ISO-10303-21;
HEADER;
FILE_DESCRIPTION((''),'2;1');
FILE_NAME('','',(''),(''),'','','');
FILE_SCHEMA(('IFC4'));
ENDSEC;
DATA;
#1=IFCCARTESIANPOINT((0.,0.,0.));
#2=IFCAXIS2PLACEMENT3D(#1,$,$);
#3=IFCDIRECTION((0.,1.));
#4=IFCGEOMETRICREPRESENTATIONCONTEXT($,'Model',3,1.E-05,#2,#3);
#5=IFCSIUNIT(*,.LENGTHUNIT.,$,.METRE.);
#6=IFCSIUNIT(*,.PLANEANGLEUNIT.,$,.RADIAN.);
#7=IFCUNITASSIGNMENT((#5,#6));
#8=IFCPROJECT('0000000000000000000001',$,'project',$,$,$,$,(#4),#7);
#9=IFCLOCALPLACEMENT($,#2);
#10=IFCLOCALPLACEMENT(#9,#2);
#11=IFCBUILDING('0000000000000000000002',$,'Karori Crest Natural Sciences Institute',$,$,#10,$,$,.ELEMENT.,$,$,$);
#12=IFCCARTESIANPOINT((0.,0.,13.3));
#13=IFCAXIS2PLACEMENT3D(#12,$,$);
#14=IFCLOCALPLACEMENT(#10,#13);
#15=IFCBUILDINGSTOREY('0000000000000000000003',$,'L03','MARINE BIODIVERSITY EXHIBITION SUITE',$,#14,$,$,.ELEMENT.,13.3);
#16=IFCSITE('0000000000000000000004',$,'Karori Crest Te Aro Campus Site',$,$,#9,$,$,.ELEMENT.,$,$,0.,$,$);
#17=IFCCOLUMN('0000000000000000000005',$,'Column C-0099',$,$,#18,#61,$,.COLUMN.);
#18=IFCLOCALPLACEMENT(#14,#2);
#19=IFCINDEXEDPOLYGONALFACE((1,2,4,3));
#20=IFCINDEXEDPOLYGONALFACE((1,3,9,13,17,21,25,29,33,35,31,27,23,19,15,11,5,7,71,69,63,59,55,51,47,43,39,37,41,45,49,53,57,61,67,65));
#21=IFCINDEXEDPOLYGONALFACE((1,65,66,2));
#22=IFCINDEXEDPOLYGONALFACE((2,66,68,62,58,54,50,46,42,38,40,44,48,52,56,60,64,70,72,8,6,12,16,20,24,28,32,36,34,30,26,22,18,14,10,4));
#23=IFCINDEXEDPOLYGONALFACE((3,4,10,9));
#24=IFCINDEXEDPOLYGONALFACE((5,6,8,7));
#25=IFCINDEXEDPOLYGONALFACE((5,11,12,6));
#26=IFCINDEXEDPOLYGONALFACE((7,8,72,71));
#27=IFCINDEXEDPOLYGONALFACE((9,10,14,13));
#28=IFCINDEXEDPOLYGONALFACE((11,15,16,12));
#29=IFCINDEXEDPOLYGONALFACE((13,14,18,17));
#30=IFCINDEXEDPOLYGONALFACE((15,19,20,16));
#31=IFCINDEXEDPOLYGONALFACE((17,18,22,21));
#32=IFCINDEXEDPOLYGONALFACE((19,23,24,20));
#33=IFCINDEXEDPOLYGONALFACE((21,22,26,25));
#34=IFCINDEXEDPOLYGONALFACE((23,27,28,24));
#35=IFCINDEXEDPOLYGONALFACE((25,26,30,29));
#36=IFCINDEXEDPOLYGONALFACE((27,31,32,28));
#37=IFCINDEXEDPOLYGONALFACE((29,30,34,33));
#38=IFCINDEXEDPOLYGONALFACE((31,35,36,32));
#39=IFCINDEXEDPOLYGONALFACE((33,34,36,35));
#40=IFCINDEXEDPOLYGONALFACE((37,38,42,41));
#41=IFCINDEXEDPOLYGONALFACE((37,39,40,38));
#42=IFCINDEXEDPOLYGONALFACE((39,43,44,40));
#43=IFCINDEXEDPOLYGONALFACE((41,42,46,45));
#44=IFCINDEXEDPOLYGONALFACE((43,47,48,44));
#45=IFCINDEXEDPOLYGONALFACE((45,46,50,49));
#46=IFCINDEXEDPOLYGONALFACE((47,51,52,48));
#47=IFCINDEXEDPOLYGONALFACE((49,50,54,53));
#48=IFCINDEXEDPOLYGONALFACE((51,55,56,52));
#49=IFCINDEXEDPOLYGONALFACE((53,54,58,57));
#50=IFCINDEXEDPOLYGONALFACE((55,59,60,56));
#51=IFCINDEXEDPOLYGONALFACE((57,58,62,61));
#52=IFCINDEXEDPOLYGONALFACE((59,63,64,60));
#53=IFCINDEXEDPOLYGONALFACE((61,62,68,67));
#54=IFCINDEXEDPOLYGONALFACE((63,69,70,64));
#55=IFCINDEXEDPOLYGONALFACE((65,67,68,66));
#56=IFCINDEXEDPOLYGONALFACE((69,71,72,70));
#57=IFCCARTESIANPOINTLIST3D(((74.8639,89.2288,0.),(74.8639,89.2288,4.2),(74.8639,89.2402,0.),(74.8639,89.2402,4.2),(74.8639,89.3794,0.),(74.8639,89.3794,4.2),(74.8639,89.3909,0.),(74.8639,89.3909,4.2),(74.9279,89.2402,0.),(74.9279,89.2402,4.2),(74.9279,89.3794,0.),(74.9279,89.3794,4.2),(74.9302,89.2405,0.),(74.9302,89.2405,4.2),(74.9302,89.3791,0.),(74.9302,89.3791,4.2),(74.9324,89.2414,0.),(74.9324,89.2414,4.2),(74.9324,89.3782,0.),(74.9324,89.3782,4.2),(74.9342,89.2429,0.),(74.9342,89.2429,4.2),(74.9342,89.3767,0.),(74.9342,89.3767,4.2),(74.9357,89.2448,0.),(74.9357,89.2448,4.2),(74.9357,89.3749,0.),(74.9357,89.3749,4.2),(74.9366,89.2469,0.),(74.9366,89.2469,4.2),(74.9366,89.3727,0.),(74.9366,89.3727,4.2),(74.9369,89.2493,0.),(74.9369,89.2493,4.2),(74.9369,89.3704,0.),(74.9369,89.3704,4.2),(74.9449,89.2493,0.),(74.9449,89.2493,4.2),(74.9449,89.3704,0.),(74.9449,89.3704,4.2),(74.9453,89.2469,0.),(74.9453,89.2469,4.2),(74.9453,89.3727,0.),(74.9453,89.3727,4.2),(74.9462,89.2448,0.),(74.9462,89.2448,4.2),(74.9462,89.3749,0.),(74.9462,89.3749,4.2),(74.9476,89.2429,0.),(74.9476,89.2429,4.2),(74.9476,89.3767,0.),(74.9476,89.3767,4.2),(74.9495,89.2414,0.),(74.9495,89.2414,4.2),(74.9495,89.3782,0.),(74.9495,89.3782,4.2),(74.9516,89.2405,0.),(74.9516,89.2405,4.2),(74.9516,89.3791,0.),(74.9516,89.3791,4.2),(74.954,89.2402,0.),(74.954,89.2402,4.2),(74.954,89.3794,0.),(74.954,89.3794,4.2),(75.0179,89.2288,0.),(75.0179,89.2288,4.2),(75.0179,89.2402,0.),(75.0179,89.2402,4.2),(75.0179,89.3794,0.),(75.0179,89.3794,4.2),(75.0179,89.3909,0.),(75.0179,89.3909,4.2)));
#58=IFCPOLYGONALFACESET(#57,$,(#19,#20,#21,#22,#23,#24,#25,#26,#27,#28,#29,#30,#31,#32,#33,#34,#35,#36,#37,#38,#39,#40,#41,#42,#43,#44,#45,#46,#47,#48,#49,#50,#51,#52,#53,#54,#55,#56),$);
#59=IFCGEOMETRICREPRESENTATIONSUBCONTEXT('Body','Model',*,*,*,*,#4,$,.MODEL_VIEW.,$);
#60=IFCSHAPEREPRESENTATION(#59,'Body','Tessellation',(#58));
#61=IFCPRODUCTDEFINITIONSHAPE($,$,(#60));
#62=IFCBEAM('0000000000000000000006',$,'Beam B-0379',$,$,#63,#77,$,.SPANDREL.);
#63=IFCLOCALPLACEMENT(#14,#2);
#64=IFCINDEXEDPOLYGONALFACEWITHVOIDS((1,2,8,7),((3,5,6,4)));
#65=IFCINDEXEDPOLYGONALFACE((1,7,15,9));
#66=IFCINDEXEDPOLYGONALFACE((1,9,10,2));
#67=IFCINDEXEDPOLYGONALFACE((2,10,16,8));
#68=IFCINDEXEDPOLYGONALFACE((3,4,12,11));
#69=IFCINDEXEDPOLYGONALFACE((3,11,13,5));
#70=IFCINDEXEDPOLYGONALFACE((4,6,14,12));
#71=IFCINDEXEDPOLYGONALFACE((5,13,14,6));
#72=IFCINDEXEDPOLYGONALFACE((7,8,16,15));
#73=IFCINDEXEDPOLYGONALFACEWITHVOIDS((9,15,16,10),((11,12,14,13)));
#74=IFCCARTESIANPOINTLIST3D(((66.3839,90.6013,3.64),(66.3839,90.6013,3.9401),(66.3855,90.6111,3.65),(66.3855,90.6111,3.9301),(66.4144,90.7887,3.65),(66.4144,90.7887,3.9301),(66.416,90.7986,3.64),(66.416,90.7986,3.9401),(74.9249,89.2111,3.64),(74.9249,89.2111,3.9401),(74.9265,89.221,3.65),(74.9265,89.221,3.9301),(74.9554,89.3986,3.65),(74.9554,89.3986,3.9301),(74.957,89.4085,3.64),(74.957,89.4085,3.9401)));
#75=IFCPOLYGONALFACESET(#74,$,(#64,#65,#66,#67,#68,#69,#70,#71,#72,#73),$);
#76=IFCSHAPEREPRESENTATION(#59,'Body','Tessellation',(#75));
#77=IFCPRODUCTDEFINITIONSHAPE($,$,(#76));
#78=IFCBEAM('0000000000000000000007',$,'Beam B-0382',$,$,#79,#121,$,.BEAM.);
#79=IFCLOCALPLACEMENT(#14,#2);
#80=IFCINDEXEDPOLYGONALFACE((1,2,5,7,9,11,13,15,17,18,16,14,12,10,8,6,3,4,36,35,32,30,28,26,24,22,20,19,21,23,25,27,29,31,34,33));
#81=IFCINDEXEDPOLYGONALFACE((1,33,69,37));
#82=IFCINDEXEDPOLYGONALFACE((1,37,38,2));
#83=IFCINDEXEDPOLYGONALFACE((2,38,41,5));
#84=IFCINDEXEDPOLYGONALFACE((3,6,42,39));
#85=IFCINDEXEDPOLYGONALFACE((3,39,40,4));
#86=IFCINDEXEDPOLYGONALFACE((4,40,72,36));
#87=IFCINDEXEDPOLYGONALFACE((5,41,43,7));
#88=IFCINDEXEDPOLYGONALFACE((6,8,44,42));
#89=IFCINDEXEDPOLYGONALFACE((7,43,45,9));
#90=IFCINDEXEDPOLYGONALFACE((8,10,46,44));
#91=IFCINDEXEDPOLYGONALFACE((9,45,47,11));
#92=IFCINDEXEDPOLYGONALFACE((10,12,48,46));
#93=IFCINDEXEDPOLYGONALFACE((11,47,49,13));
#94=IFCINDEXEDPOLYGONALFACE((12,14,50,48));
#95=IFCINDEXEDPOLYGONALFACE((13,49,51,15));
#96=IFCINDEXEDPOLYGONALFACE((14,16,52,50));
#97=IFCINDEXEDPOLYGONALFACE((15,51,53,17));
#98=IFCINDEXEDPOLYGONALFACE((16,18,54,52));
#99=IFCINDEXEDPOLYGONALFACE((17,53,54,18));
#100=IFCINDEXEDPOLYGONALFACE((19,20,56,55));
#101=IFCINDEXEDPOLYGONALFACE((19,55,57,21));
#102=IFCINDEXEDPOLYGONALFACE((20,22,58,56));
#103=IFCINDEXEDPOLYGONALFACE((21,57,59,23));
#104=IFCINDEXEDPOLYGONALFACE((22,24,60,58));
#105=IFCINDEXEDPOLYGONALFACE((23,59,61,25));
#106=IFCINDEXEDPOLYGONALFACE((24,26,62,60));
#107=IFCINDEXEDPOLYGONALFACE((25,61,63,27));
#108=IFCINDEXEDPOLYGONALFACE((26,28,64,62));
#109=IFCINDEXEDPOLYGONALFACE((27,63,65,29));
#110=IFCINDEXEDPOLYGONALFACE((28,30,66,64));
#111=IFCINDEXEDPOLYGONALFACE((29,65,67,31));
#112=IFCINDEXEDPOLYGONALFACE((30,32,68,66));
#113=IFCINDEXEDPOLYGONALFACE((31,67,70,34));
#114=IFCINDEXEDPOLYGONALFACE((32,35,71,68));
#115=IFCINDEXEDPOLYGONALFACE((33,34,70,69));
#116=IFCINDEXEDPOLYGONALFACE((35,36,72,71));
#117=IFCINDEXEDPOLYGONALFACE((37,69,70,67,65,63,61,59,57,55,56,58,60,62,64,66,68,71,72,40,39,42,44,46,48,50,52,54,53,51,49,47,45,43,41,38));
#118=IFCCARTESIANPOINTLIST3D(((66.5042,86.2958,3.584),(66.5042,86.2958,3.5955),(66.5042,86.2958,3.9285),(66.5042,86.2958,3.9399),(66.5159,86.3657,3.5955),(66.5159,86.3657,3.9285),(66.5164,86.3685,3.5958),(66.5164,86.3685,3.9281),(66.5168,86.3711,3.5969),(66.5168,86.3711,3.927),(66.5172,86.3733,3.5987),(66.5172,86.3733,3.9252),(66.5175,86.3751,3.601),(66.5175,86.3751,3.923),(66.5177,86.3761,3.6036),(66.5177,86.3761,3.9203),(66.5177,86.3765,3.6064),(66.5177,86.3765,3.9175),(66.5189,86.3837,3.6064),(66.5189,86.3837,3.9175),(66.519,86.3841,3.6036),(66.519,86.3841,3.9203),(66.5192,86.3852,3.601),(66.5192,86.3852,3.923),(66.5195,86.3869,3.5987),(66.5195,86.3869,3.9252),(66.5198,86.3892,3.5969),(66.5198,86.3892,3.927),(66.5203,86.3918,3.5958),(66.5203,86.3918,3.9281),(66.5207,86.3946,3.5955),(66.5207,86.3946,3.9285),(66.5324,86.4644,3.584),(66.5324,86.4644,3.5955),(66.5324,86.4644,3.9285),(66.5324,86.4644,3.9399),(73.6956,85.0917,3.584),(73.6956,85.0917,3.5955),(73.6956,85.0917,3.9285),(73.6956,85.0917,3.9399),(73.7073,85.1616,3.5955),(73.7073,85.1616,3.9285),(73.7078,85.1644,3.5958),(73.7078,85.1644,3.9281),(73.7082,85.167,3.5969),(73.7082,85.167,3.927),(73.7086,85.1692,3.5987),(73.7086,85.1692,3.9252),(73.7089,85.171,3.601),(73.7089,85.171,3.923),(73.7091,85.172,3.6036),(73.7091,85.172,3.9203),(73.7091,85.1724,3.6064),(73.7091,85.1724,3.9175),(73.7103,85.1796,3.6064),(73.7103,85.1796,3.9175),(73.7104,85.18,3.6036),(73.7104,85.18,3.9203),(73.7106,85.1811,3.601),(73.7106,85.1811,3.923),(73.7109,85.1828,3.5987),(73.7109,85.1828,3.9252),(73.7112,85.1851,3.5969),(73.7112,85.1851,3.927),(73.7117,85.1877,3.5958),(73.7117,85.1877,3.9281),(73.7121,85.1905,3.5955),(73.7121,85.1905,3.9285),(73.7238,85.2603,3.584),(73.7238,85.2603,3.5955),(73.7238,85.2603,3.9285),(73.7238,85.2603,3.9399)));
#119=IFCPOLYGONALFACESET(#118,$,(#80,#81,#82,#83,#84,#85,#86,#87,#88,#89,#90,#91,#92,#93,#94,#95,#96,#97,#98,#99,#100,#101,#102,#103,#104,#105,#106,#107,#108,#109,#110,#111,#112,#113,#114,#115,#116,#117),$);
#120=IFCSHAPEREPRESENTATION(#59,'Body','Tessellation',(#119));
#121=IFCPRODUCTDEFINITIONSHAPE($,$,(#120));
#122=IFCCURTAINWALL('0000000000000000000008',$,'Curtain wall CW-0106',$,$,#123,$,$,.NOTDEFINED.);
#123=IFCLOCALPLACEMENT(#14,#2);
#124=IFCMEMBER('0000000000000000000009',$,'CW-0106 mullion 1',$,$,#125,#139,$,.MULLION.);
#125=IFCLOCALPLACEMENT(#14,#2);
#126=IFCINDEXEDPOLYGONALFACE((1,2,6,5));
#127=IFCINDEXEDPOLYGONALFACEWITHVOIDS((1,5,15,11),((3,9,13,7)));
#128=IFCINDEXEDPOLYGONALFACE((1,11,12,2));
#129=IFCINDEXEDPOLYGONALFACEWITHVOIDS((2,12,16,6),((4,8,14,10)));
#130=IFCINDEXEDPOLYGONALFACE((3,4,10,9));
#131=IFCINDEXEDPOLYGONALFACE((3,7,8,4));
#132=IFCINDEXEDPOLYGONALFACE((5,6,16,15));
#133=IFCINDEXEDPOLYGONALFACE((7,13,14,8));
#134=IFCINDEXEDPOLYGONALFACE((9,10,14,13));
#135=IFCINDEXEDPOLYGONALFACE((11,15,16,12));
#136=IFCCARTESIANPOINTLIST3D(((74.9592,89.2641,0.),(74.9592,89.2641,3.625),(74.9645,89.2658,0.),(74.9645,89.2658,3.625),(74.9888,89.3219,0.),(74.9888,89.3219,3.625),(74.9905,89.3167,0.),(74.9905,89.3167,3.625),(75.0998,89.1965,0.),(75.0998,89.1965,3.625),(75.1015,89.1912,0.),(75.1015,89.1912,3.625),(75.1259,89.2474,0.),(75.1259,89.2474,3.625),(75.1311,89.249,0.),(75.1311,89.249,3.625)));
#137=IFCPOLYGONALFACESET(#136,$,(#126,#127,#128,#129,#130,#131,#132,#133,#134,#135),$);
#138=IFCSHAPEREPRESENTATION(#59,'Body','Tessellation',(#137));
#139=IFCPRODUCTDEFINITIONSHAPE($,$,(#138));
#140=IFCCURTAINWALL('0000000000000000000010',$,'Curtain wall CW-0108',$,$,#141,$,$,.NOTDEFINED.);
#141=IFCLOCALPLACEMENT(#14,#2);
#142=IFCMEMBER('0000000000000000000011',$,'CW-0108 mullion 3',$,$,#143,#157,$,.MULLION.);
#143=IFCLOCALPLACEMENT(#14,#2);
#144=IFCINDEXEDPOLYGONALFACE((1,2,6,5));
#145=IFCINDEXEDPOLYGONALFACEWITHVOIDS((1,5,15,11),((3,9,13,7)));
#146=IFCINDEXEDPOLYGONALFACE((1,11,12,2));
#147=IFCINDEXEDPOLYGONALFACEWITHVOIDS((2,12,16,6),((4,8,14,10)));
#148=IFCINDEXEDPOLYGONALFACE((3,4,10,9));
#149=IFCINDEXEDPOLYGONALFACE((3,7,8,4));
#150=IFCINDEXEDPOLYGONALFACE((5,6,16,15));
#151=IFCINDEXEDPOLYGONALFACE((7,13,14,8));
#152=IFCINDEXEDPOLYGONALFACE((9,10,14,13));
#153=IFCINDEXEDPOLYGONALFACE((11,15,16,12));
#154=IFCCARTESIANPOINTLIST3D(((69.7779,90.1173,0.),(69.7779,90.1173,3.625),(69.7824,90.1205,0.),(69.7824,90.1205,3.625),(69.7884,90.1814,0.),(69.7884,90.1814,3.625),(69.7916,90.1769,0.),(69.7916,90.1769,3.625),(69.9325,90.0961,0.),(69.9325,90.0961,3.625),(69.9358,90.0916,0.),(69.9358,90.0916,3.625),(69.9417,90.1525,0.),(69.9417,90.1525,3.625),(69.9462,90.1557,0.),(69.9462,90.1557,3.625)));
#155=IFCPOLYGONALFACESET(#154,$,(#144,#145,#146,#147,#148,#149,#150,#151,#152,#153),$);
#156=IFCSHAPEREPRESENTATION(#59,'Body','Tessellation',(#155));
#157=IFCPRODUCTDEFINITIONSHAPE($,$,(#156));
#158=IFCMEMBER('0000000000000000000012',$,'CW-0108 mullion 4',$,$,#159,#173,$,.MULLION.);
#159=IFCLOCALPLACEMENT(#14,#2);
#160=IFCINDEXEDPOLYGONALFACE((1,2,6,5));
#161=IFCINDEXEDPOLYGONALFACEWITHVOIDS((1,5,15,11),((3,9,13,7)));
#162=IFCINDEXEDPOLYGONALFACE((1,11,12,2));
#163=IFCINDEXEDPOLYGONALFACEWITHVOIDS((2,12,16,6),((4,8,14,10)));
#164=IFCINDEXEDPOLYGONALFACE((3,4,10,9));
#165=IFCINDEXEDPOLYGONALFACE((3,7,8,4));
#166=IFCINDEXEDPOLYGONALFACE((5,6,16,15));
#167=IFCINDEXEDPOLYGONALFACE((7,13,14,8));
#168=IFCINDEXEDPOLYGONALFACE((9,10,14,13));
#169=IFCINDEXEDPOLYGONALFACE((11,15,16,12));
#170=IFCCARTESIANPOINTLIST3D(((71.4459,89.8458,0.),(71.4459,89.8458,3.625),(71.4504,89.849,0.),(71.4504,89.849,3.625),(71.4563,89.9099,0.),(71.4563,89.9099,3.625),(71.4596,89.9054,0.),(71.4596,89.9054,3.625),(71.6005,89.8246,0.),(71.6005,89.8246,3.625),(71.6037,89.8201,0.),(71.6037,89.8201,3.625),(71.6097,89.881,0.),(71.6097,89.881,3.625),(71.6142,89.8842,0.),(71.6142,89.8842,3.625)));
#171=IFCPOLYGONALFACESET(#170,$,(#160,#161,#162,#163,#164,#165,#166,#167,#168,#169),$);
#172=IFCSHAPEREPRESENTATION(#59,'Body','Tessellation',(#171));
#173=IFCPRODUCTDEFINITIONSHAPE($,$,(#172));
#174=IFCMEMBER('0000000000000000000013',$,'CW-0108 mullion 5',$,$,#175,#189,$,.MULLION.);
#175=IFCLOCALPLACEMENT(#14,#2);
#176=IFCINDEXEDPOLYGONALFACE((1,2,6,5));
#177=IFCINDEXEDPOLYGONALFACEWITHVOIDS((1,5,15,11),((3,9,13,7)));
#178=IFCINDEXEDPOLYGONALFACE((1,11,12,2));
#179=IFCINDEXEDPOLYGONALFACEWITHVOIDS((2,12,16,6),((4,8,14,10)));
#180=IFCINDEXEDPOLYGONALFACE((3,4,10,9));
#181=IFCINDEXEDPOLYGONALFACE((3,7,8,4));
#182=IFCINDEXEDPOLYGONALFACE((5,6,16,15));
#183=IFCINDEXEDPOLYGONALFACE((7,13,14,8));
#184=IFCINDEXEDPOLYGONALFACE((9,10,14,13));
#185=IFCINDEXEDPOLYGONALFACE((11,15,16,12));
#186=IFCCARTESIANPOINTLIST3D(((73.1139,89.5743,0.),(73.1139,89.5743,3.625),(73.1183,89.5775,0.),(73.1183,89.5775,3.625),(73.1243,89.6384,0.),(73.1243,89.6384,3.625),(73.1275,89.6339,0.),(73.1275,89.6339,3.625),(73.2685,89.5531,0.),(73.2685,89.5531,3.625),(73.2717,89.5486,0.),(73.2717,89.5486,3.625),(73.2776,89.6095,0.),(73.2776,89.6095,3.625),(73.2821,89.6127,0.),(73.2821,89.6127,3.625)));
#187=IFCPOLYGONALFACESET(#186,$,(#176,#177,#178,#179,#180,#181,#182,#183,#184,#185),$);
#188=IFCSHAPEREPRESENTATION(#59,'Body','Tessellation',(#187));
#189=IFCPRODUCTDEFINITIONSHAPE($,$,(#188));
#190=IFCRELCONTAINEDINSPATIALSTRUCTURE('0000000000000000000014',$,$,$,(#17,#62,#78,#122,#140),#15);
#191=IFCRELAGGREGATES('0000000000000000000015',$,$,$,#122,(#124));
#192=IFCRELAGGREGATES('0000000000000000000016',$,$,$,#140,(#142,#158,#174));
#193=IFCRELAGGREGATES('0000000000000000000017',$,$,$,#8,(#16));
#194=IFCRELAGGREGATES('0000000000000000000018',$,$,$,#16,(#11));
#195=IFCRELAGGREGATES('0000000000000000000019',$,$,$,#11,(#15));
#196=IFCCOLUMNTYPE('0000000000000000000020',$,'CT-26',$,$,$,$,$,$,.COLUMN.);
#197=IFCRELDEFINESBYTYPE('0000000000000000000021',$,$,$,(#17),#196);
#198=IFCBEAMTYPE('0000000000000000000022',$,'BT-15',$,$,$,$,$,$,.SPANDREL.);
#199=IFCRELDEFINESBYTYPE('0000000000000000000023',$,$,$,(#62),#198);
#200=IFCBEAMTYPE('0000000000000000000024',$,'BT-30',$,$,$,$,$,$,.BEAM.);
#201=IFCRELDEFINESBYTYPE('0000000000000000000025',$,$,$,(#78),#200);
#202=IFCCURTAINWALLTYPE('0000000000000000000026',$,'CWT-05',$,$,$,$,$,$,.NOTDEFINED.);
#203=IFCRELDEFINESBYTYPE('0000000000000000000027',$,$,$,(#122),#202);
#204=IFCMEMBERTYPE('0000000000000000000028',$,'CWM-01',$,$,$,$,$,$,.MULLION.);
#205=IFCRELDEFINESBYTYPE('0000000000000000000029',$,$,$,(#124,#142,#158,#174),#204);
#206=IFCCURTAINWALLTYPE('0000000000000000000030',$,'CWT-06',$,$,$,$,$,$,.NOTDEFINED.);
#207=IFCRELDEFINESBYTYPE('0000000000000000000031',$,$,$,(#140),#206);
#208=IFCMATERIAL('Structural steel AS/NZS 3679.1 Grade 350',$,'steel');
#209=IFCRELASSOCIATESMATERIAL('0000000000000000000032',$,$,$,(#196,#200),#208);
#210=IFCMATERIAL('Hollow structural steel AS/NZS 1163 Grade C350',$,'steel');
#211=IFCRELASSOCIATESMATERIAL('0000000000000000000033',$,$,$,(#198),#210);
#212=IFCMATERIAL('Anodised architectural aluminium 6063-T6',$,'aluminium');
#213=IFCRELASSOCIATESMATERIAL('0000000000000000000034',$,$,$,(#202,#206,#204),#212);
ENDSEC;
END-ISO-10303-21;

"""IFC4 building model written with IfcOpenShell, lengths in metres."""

from ifc_helpers import new_model, si_unit, direction, frame, origin, origin_2d, place, context, subcontext, project, spatial, hollow_rectangle, i_section, extrude, material, material_profile, profile_set, type_object, element, aggregate, save


model = new_model("IFC4")

# Units and contexts
model_context = context("Model", 3, precision=1e-05, world=origin(), true_north=direction((0.0, 1.0)))
body_context = subcontext(model_context, "Body", "Model", "MODEL_VIEW")
ifc_project = project(units=[si_unit("LENGTHUNIT", "METRE"), si_unit("PLANEANGLEUNIT", "RADIAN")], contexts=[model_context])

# Site, building, storey
site_placement = place(None, origin())
site = spatial("IfcSite", under=ifc_project, at=site_placement, Name="Karori Crest Te Aro Campus Site", CompositionType="ELEMENT", RefElevation=0.0)
building_placement = place(site_placement, origin())
building = spatial("IfcBuilding", under=site, at=building_placement, Name="Karori Crest Natural Sciences Institute", CompositionType="ELEMENT")
storey_placement = place(building_placement, frame((0.0, 0.0, 13.3)))
storey = spatial("IfcBuildingStorey", under=building, at=storey_placement, Name="L03", Description="MARINE BIODIVERSITY EXHIBITION SUITE", CompositionType="ELEMENT", Elevation=13.3)

# Column
ifc_material_1 = material(Name="Structural steel AS/NZS 3679.1 Grade 350", Category="steel")
ifc_material_profile_1 = material_profile(ifc_material_1, i_section(OverallWidth=0.1541, OverallDepth=0.1621, WebThickness=0.0081, FlangeThickness=0.0115, FilletRadius=0.009, at=origin_2d()), Name="150UC37.2")
ifc_profile_set_1 = profile_set([ifc_material_profile_1], Name="Structural steel AS/NZS 3679.1 Grade 350")
column_type = type_object("IfcColumnType", Name="CT-26", PredefinedType="COLUMN", material=ifc_profile_set_1)
column_placement = place(storey_placement, frame((74.9409, 89.3098, 0.0), z_axis=(0.0, 0.0, 1.0), x_axis=(1.0, 0.0, 0.0)))
element("IfcColumn", 1, at=column_placement, inside=storey, type_object=column_type, Name="Column C-0099", PredefinedType="COLUMN", context=body_context, shape_type="SweptSolid", body=[
    extrude(i_section(OverallWidth=0.1541, OverallDepth=0.1621, WebThickness=0.0081, FlangeThickness=0.0115, FilletRadius=0.009, at=origin_2d()), origin(), (0.0, 0.0, 1.0), 4.2),
])

# Beams
ifc_material_2 = material(Name="Hollow structural steel AS/NZS 1163 Grade C350", Category="steel")
ifc_material_profile_2 = material_profile(ifc_material_2, hollow_rectangle(XDim=0.2, YDim=0.3, WallThickness=0.01, at=origin_2d()), Name="RHS300x200x10")
ifc_profile_set_2 = profile_set([ifc_material_profile_2], Name="Hollow structural steel AS/NZS 1163 Grade C350")
beam_type_1 = type_object("IfcBeamType", Name="BT-15", PredefinedType="SPANDREL", material=ifc_profile_set_2)
beam_1_placement = place(storey_placement, frame((74.9409, 89.3098, 3.79), z_axis=(-0.987012, 0.160646, 0.0), x_axis=(-0.160646, -0.987012, 0.0)))
element("IfcBeam", 2, at=beam_1_placement, inside=storey, type_object=beam_type_1, Name="Beam B-0379", PredefinedType="SPANDREL", context=body_context, shape_type="SweptSolid", body=[
    extrude(hollow_rectangle(XDim=0.2, YDim=0.3, WallThickness=0.01, at=origin_2d()), origin(), (0.0, 0.0, 1.0), 8.6533),
])
ifc_material_profile_3 = material_profile(ifc_material_1, i_section(OverallWidth=0.1709, OverallDepth=0.356, WebThickness=0.0073, FlangeThickness=0.0115, FilletRadius=0.011, at=origin_2d()), Name="360UB50.7")
ifc_profile_set_3 = profile_set([ifc_material_profile_3], Name="Structural steel AS/NZS 3679.1 Grade 350")
beam_type_2 = type_object("IfcBeamType", Name="BT-30", PredefinedType="BEAM", material=ifc_profile_set_3)
beam_2_placement = place(storey_placement, frame((73.7097, 85.176, 3.762), z_axis=(-0.986271, 0.165137, 0.0), x_axis=(-0.165137, -0.986271, 0.0)))
element("IfcBeam", 3, at=beam_2_placement, inside=storey, type_object=beam_type_2, Name="Beam B-0382", PredefinedType="BEAM", context=body_context, shape_type="SweptSolid", body=[
    extrude(i_section(OverallWidth=0.1709, OverallDepth=0.356, WebThickness=0.0073, FlangeThickness=0.0115, FilletRadius=0.011, at=origin_2d()), origin(), (0.0, 0.0, 1.0), 7.2915),
])

# Curtain wall, member
ifc_material_3 = material(Name="Anodised architectural aluminium 6063-T6", Category="aluminium")
curtain_wall_type_1 = type_object("IfcCurtainWallType", Name="CWT-05", PredefinedType="NOTDEFINED", material=ifc_material_3)
curtain_wall_1_placement = place(storey_placement, origin())
curtain_wall_1 = element("IfcCurtainWall", 4, at=curtain_wall_1_placement, inside=storey, type_object=curtain_wall_type_1, Name="Curtain wall CW-0106", PredefinedType="NOTDEFINED")
ifc_material_profile_4 = material_profile(ifc_material_3, hollow_rectangle(XDim=0.0649, YDim=0.1599, WallThickness=0.0039, at=origin_2d()), Name="CWM160x65x4")
ifc_profile_set_4 = profile_set([ifc_material_profile_4], Name="Anodised architectural aluminium 6063-T6")
member_type_1 = type_object("IfcMemberType", Name="CWM-01", PredefinedType="MULLION", material=ifc_profile_set_4)
member_1_placement = place(storey_placement, frame((75.0452, 89.2566, 0.0), z_axis=(0.0, 0.0, 1.0), x_axis=(0.455829, 0.890067, 0.0)))
member_1 = element("IfcMember", 5, at=member_1_placement, type_object=member_type_1, Name="CW-0106 mullion 1", PredefinedType="MULLION", context=body_context, shape_type="SweptSolid", body=[
    extrude(hollow_rectangle(XDim=0.0649, YDim=0.1599, WallThickness=0.0039, at=origin_2d()), origin(), (0.0, 0.0, 1.0), 3.625),
])

# Curtain wall, members
curtain_wall_type_2 = type_object("IfcCurtainWallType", Name="CWT-06", PredefinedType="NOTDEFINED", material=ifc_material_3)
curtain_wall_2_placement = place(storey_placement, origin())
curtain_wall_2 = element("IfcCurtainWall", 6, at=curtain_wall_2_placement, inside=storey, type_object=curtain_wall_type_2, Name="Curtain wall CW-0108", PredefinedType="NOTDEFINED")
member_2_placement = place(storey_placement, frame((69.8621, 90.1365, 0.0), z_axis=(0.0, 0.0, 1.0), x_axis=(0.160655, 0.987011, 0.0)))
member_2 = element("IfcMember", 7, at=member_2_placement, type_object=member_type_1, Name="CW-0108 mullion 3", PredefinedType="MULLION", context=body_context, shape_type="SweptSolid", body=[
    extrude(hollow_rectangle(XDim=0.0649, YDim=0.1599, WallThickness=0.0039, at=origin_2d()), origin(), (0.0, 0.0, 1.0), 3.625),
])
member_3_placement = place(storey_placement, frame((71.53, 89.865, 0.0), z_axis=(0.0, 0.0, 1.0), x_axis=(0.160655, 0.987011, 0.0)))
member_3 = element("IfcMember", 8, at=member_3_placement, type_object=member_type_1, Name="CW-0108 mullion 4", PredefinedType="MULLION", context=body_context, shape_type="SweptSolid", body=[
    extrude(hollow_rectangle(XDim=0.0649, YDim=0.1599, WallThickness=0.0039, at=origin_2d()), origin(), (0.0, 0.0, 1.0), 3.625),
])
member_4_placement = place(storey_placement, frame((73.198, 89.5935, 0.0), z_axis=(0.0, 0.0, 1.0), x_axis=(0.160655, 0.987011, 0.0)))
member_4 = element("IfcMember", 9, at=member_4_placement, type_object=member_type_1, Name="CW-0108 mullion 5", PredefinedType="MULLION", context=body_context, shape_type="SweptSolid", body=[
    extrude(hollow_rectangle(XDim=0.0649, YDim=0.1599, WallThickness=0.0039, at=origin_2d()), origin(), (0.0, 0.0, 1.0), 3.625),
])

aggregate(curtain_wall_1, [member_1])
aggregate(curtain_wall_2, [member_2, member_3, member_4])

save(model, "model.ifc")
